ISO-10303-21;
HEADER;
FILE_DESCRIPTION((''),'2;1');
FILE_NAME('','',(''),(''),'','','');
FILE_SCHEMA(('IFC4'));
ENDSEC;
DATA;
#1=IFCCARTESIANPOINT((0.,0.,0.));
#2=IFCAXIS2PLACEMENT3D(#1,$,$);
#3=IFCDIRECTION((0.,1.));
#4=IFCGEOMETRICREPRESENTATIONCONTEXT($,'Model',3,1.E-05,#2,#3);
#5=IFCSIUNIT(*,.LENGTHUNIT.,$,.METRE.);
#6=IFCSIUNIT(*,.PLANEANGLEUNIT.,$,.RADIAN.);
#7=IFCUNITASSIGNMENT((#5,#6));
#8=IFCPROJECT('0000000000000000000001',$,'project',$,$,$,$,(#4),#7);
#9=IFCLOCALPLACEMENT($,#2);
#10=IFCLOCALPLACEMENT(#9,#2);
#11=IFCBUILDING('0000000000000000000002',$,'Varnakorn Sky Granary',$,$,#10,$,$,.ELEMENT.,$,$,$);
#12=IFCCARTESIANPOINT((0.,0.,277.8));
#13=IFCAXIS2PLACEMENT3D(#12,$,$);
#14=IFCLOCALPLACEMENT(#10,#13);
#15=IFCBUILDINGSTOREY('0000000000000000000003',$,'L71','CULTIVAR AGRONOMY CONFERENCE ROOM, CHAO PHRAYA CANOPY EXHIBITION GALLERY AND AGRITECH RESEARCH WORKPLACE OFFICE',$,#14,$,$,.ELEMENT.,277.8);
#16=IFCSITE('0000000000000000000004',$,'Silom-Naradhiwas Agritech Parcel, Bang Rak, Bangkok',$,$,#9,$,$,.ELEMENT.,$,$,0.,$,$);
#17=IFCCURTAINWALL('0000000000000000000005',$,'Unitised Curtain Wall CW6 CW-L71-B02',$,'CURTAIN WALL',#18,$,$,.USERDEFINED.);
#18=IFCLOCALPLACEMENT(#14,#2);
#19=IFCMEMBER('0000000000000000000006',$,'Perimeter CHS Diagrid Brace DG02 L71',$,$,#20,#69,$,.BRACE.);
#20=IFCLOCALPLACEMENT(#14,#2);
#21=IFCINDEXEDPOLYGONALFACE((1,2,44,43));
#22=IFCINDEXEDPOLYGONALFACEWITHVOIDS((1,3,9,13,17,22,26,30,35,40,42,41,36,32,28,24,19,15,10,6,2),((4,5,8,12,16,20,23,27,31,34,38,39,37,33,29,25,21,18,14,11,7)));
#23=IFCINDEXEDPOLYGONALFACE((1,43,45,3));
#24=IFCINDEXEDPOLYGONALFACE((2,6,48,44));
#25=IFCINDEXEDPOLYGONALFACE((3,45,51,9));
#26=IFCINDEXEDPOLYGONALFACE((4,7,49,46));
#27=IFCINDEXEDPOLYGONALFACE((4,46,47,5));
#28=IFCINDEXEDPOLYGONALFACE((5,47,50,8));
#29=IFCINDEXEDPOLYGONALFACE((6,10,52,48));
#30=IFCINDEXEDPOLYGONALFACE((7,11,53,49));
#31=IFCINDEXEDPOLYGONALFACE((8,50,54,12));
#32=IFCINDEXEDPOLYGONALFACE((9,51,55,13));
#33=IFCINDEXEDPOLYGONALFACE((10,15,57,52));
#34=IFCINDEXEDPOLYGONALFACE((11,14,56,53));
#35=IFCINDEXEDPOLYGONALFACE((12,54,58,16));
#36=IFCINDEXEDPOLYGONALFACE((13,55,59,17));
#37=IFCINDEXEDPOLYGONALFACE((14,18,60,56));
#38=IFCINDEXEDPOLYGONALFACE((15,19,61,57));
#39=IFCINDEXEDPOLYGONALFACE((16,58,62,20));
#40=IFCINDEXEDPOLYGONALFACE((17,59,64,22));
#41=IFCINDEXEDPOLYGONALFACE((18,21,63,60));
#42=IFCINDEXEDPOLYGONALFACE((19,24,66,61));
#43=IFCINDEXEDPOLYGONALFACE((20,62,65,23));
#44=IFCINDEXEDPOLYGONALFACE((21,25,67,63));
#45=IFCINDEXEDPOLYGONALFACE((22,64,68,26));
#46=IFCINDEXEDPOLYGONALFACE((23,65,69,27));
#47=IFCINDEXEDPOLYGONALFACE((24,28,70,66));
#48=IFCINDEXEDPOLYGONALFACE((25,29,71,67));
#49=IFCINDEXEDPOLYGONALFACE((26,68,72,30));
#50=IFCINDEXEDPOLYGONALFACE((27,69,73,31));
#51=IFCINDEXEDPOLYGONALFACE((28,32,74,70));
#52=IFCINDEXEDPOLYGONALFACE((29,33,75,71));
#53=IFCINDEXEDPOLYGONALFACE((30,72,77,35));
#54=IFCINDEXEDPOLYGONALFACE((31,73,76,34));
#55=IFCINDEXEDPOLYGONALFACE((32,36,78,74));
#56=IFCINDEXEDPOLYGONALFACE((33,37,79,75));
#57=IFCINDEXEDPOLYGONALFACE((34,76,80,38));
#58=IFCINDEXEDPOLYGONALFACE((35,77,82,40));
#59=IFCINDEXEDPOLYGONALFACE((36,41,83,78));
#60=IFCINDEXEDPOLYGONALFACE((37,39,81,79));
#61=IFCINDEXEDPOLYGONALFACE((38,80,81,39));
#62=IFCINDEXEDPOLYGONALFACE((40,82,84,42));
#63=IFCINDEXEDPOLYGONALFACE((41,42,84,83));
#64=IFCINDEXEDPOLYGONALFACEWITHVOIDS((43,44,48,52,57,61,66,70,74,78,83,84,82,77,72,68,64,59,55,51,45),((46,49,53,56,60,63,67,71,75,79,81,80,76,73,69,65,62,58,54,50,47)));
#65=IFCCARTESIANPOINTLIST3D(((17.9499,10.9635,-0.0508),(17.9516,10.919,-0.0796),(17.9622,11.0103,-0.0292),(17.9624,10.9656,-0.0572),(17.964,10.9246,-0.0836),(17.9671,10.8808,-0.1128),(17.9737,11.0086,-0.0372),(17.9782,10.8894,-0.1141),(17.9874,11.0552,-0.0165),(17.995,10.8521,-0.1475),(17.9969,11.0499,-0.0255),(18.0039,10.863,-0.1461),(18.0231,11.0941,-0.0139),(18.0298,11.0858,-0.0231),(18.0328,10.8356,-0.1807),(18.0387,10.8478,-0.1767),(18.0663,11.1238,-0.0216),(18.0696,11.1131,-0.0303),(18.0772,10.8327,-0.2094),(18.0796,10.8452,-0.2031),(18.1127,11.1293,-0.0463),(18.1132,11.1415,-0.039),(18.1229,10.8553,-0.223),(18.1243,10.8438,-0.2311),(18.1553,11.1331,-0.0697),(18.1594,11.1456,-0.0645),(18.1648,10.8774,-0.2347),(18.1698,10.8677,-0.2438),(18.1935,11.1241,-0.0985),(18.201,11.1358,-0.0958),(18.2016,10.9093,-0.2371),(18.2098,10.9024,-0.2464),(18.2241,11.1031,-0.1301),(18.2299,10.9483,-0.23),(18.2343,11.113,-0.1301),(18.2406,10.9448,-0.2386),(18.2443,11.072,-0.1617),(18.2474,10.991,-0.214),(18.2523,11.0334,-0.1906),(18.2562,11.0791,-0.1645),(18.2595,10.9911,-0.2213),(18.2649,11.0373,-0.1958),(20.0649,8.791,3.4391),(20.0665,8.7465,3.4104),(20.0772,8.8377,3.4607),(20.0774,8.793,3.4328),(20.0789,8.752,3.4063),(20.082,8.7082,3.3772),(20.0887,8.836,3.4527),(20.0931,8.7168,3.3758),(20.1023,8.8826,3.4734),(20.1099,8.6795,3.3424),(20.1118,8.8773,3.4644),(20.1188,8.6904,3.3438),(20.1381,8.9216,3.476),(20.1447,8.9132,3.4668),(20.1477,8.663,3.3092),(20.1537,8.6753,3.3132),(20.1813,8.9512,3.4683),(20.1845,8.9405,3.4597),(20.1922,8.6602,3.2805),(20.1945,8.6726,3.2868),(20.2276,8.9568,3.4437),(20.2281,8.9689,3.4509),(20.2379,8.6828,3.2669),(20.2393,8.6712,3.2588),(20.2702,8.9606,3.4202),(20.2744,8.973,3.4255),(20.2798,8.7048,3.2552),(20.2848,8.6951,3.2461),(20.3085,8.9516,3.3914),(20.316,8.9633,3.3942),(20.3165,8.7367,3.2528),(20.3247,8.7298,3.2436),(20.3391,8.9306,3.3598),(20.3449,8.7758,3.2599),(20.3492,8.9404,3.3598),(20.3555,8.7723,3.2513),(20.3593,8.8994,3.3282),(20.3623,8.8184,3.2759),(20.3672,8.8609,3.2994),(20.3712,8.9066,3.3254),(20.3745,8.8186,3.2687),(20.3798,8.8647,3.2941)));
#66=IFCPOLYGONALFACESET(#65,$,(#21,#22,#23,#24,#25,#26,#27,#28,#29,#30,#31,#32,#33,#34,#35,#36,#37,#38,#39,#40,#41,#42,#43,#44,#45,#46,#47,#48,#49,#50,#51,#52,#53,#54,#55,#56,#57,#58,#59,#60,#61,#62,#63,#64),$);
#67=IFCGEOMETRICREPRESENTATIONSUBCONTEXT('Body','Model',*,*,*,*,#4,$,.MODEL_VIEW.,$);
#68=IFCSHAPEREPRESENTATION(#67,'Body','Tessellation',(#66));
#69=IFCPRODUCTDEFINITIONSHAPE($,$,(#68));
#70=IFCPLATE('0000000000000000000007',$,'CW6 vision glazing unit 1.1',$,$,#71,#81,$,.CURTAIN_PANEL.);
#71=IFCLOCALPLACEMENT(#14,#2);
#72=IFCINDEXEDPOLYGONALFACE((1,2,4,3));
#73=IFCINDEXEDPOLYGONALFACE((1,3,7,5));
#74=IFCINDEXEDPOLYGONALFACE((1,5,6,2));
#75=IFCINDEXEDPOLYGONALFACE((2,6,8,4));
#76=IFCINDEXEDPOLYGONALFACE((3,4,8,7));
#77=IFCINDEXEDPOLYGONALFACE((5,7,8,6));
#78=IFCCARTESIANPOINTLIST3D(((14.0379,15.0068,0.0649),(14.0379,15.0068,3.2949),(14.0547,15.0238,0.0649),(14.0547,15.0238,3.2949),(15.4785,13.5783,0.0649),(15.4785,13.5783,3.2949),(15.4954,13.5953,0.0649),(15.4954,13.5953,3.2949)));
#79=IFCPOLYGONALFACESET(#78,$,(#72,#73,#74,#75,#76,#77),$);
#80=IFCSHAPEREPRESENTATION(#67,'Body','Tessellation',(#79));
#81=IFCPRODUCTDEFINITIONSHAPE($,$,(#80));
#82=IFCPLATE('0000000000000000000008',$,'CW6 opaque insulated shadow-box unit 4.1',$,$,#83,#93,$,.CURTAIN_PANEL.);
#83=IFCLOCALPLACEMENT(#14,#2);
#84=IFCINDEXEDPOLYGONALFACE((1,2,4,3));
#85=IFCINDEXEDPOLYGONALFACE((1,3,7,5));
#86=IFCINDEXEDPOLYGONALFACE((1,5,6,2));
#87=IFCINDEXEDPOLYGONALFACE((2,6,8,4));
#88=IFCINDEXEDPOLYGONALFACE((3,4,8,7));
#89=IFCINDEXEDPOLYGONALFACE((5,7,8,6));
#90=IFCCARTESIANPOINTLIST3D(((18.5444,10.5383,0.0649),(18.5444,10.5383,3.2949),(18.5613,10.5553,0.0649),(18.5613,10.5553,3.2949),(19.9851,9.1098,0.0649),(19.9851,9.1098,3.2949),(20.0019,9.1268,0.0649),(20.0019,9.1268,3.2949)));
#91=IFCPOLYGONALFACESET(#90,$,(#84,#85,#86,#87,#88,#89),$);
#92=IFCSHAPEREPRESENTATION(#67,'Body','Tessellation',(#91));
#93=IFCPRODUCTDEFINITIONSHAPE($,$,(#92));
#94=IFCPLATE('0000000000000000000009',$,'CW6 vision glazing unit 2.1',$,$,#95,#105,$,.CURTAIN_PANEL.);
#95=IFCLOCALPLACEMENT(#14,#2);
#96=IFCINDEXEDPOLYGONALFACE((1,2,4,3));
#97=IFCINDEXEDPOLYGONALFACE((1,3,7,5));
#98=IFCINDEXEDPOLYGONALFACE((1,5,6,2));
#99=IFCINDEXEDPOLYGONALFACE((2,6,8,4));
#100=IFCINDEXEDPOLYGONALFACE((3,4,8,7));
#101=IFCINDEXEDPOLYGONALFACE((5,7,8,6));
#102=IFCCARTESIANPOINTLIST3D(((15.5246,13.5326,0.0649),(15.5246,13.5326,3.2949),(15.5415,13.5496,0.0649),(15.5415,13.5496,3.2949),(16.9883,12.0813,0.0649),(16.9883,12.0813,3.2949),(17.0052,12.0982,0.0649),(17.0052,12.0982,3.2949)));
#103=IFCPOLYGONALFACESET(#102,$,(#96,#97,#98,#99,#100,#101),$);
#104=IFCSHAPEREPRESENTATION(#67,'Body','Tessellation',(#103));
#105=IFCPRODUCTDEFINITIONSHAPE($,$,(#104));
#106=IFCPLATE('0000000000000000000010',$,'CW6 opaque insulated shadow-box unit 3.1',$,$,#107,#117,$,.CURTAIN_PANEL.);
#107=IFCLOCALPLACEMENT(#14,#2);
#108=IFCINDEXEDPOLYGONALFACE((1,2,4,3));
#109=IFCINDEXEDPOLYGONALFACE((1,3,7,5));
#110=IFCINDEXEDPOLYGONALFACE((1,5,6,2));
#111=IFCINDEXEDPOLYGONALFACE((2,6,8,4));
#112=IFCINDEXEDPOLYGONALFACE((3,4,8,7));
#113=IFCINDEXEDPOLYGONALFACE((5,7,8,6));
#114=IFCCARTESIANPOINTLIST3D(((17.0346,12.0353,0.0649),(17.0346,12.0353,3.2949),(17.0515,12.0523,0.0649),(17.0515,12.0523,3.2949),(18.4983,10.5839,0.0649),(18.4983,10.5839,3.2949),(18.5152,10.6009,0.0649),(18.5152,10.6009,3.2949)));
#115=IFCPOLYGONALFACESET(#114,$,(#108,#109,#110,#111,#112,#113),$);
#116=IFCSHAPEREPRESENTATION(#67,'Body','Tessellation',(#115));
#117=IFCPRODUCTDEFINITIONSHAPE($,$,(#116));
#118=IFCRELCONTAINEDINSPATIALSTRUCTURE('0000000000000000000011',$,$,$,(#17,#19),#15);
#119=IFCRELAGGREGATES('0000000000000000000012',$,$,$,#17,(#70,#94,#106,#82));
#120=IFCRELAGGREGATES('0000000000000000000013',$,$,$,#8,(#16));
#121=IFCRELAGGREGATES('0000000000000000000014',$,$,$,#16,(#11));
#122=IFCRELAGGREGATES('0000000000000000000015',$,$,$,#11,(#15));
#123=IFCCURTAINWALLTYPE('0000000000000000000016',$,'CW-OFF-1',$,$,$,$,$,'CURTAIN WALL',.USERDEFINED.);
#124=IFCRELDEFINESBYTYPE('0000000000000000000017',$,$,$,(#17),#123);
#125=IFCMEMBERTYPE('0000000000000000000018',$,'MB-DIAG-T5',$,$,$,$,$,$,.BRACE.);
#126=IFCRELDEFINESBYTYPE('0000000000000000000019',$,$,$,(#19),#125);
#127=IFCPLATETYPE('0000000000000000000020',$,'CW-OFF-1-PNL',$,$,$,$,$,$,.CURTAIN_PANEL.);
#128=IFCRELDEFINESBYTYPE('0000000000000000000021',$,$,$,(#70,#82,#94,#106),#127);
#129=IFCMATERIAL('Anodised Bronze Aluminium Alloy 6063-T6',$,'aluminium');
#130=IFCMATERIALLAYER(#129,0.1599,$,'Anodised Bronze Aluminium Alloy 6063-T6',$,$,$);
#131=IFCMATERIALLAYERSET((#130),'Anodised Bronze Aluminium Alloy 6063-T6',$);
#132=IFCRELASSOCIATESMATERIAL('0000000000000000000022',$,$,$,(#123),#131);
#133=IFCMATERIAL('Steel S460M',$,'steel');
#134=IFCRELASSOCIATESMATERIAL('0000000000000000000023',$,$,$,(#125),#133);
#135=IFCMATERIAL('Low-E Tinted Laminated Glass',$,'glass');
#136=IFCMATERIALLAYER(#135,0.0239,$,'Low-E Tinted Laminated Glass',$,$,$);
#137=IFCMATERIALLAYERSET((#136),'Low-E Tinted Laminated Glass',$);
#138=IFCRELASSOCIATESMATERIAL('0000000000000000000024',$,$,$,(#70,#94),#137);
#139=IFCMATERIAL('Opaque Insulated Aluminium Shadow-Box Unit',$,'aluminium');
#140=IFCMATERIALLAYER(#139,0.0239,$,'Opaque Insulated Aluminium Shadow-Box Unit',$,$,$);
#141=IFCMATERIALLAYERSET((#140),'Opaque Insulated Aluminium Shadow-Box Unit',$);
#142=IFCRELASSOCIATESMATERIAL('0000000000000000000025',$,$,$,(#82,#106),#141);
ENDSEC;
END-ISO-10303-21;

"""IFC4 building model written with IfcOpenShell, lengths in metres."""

from ifc_helpers import new_model, si_unit, direction, frame, origin, origin_2d, place, context, subcontext, project, spatial, rectangle, hollow_circle, extrude, source, transform, mapped, material, layer, layer_set, material_profile, profile_set, type_object, type_shapes, element, aggregate, save


model = new_model("IFC4")

# Units and contexts
model_context = context("Model", 3, precision=1e-05, world=origin(), true_north=direction((0.0, 1.0)))
body_context = subcontext(model_context, "Body", "Model", "MODEL_VIEW")
ifc_project = project(units=[si_unit("LENGTHUNIT", "METRE"), si_unit("PLANEANGLEUNIT", "RADIAN")], contexts=[model_context])

# Site, building, storey
site_placement = place(None, origin())
site = spatial("IfcSite", under=ifc_project, at=site_placement, Name="Silom-Naradhiwas Agritech Parcel, Bang Rak, Bangkok", CompositionType="ELEMENT", RefElevation=0.0)
building_placement = place(site_placement, origin())
building = spatial("IfcBuilding", under=site, at=building_placement, Name="Varnakorn Sky Granary", CompositionType="ELEMENT")
storey_placement = place(building_placement, frame((0.0, 0.0, 277.8)))
storey = spatial("IfcBuildingStorey", under=building, at=storey_placement, Name="L71", Description="CULTIVAR AGRONOMY CONFERENCE ROOM, CHAO PHRAYA CANOPY EXHIBITION GALLERY AND AGRITECH RESEARCH WORKPLACE OFFICE", CompositionType="ELEMENT", Elevation=277.8)

# Shared definitions
ifc_material_1 = material(Name="Steel S460M", Category="steel")

# Curtain wall
ifc_material_2 = material(Name="Anodised Bronze Aluminium Alloy 6063-T6", Category="aluminium")
ifc_layer_1 = layer(ifc_material_2, 0.1599, Name="Anodised Bronze Aluminium Alloy 6063-T6")
ifc_layer_set_1 = layer_set([ifc_layer_1], Name="Anodised Bronze Aluminium Alloy 6063-T6")
curtain_wall_type = type_object("IfcCurtainWallType", Name="CW-OFF-1", ElementType="CURTAIN WALL", PredefinedType="USERDEFINED", material=ifc_layer_set_1)
curtain_wall_placement = place(storey_placement, origin())
curtain_wall = element("IfcCurtainWall", 1, at=curtain_wall_placement, inside=storey, type_object=curtain_wall_type, Name="Unitised Curtain Wall CW6 CW-L71-B02", ObjectType="CURTAIN WALL", PredefinedType="USERDEFINED")

# Member
ifc_material_profile_1 = material_profile(ifc_material_1, hollow_circle(Radius=0.1777, WallThickness=0.0142, at=origin_2d()), Name="CHS 355.6x14")
ifc_profile_set_1 = profile_set([ifc_material_profile_1], Name="Steel S460M")
member_type_1 = type_object("IfcMemberType", Name="MB-DIAG-T5", PredefinedType="BRACE", material=ifc_profile_set_1)
member_1_placement = place(storey_placement, frame((18.1069, 10.989, -0.1301), z_axis=(0.457479, -0.469942, 0.754896), x_axis=(0.716544, 0.697542, 0.0)))
element("IfcMember", 2, at=member_1_placement, inside=storey, type_object=member_type_1, Name="Perimeter CHS Diagrid Brace DG02 L71", PredefinedType="BRACE", context=body_context, shape_type="SweptSolid", body=[
    extrude(hollow_circle(Radius=0.1777, WallThickness=0.0142, at=origin_2d()), origin(), (0.0, 0.0, 1.0), 4.623),
])

# Plates
ifc_material_3 = material(Name="Low-E Tinted Laminated Glass", Category="glass")
ifc_layer_2 = layer(ifc_material_3, 0.0239, Name="Low-E Tinted Laminated Glass")
ifc_layer_set_2 = layer_set([ifc_layer_2], Name="Low-E Tinted Laminated Glass")
plate_type = type_object("IfcPlateType", Name="CW-OFF-1-PNL", PredefinedType="CURTAIN_PANEL")
shared_shape_1 = source(origin(), body_context, "Body", "SweptSolid", [
    extrude(rectangle(XDim=2.0288, YDim=0.0239, at=origin_2d()), origin(), (0.0, 0.0, 1.0), 3.23),
])
plate_1_placement = place(storey_placement, frame((14.7666, 14.301, 0.0649), z_axis=(0.0, 0.0, 1.0), x_axis=(0.710099, -0.704102, 0.0)))
plate_1 = element("IfcPlate", 3, at=plate_1_placement, type_object=plate_type, material=ifc_layer_set_2, Name="CW6 vision glazing unit 1.1", PredefinedType="CURTAIN_PANEL", context=body_context, shape_type="MappedRepresentation", body=[
    mapped(shared_shape_1, transform((0.0, 0.0, 0.0), x_axis=(1.0, 0.0, 0.0), y_axis=(0.0, 1.0, 0.0), z_axis=(0.0, 0.0, 1.0), scale=1.0)),
])
ifc_material_4 = material(Name="Opaque Insulated Aluminium Shadow-Box Unit", Category="aluminium")
ifc_layer_3 = layer(ifc_material_4, 0.0239, Name="Opaque Insulated Aluminium Shadow-Box Unit")
ifc_layer_set_3 = layer_set([ifc_layer_3], Name="Opaque Insulated Aluminium Shadow-Box Unit")
plate_2_placement = place(storey_placement, frame((19.2732, 9.8325, 0.0649), z_axis=(0.0, 0.0, 1.0), x_axis=(0.710099, -0.704102, 0.0)))
plate_2 = element("IfcPlate", 4, at=plate_2_placement, type_object=plate_type, material=ifc_layer_set_3, Name="CW6 opaque insulated shadow-box unit 4.1", PredefinedType="CURTAIN_PANEL", context=body_context, shape_type="MappedRepresentation", body=[
    mapped(shared_shape_1, transform((0.0, 0.0, 0.0), x_axis=(1.0, 0.0, 0.0), y_axis=(0.0, 1.0, 0.0), z_axis=(0.0, 0.0, 1.0), scale=1.0)),
])
shared_shape_2 = source(origin(), body_context, "Body", "SweptSolid", [
    extrude(rectangle(XDim=2.0613, YDim=0.0239, at=origin_2d()), origin(), (0.0, 0.0, 1.0), 3.23),
])
type_shapes(plate_type, [shared_shape_1, shared_shape_2])
plate_3_placement = place(storey_placement, frame((16.2649, 12.8154, 0.0649), z_axis=(0.0, 0.0, 1.0), x_axis=(0.710099, -0.704102, 0.0)))
plate_3 = element("IfcPlate", 5, at=plate_3_placement, type_object=plate_type, material=ifc_layer_set_2, Name="CW6 vision glazing unit 2.1", PredefinedType="CURTAIN_PANEL", context=body_context, shape_type="MappedRepresentation", body=[
    mapped(shared_shape_2, transform((0.0, 0.0, 0.0), x_axis=(1.0, 0.0, 0.0), y_axis=(0.0, 1.0, 0.0), z_axis=(0.0, 0.0, 1.0), scale=1.0)),
])
plate_4_placement = place(storey_placement, frame((17.7749, 11.3181, 0.0649), z_axis=(0.0, 0.0, 1.0), x_axis=(0.710099, -0.704102, 0.0)))
plate_4 = element("IfcPlate", 6, at=plate_4_placement, type_object=plate_type, material=ifc_layer_set_3, Name="CW6 opaque insulated shadow-box unit 3.1", PredefinedType="CURTAIN_PANEL", context=body_context, shape_type="MappedRepresentation", body=[
    mapped(shared_shape_2, transform((0.0, 0.0, 0.0), x_axis=(1.0, 0.0, 0.0), y_axis=(0.0, 1.0, 0.0), z_axis=(0.0, 0.0, 1.0), scale=1.0)),
])
aggregate(curtain_wall, [plate_1, plate_3, plate_4, plate_2])

save(model, "model.ifc")
